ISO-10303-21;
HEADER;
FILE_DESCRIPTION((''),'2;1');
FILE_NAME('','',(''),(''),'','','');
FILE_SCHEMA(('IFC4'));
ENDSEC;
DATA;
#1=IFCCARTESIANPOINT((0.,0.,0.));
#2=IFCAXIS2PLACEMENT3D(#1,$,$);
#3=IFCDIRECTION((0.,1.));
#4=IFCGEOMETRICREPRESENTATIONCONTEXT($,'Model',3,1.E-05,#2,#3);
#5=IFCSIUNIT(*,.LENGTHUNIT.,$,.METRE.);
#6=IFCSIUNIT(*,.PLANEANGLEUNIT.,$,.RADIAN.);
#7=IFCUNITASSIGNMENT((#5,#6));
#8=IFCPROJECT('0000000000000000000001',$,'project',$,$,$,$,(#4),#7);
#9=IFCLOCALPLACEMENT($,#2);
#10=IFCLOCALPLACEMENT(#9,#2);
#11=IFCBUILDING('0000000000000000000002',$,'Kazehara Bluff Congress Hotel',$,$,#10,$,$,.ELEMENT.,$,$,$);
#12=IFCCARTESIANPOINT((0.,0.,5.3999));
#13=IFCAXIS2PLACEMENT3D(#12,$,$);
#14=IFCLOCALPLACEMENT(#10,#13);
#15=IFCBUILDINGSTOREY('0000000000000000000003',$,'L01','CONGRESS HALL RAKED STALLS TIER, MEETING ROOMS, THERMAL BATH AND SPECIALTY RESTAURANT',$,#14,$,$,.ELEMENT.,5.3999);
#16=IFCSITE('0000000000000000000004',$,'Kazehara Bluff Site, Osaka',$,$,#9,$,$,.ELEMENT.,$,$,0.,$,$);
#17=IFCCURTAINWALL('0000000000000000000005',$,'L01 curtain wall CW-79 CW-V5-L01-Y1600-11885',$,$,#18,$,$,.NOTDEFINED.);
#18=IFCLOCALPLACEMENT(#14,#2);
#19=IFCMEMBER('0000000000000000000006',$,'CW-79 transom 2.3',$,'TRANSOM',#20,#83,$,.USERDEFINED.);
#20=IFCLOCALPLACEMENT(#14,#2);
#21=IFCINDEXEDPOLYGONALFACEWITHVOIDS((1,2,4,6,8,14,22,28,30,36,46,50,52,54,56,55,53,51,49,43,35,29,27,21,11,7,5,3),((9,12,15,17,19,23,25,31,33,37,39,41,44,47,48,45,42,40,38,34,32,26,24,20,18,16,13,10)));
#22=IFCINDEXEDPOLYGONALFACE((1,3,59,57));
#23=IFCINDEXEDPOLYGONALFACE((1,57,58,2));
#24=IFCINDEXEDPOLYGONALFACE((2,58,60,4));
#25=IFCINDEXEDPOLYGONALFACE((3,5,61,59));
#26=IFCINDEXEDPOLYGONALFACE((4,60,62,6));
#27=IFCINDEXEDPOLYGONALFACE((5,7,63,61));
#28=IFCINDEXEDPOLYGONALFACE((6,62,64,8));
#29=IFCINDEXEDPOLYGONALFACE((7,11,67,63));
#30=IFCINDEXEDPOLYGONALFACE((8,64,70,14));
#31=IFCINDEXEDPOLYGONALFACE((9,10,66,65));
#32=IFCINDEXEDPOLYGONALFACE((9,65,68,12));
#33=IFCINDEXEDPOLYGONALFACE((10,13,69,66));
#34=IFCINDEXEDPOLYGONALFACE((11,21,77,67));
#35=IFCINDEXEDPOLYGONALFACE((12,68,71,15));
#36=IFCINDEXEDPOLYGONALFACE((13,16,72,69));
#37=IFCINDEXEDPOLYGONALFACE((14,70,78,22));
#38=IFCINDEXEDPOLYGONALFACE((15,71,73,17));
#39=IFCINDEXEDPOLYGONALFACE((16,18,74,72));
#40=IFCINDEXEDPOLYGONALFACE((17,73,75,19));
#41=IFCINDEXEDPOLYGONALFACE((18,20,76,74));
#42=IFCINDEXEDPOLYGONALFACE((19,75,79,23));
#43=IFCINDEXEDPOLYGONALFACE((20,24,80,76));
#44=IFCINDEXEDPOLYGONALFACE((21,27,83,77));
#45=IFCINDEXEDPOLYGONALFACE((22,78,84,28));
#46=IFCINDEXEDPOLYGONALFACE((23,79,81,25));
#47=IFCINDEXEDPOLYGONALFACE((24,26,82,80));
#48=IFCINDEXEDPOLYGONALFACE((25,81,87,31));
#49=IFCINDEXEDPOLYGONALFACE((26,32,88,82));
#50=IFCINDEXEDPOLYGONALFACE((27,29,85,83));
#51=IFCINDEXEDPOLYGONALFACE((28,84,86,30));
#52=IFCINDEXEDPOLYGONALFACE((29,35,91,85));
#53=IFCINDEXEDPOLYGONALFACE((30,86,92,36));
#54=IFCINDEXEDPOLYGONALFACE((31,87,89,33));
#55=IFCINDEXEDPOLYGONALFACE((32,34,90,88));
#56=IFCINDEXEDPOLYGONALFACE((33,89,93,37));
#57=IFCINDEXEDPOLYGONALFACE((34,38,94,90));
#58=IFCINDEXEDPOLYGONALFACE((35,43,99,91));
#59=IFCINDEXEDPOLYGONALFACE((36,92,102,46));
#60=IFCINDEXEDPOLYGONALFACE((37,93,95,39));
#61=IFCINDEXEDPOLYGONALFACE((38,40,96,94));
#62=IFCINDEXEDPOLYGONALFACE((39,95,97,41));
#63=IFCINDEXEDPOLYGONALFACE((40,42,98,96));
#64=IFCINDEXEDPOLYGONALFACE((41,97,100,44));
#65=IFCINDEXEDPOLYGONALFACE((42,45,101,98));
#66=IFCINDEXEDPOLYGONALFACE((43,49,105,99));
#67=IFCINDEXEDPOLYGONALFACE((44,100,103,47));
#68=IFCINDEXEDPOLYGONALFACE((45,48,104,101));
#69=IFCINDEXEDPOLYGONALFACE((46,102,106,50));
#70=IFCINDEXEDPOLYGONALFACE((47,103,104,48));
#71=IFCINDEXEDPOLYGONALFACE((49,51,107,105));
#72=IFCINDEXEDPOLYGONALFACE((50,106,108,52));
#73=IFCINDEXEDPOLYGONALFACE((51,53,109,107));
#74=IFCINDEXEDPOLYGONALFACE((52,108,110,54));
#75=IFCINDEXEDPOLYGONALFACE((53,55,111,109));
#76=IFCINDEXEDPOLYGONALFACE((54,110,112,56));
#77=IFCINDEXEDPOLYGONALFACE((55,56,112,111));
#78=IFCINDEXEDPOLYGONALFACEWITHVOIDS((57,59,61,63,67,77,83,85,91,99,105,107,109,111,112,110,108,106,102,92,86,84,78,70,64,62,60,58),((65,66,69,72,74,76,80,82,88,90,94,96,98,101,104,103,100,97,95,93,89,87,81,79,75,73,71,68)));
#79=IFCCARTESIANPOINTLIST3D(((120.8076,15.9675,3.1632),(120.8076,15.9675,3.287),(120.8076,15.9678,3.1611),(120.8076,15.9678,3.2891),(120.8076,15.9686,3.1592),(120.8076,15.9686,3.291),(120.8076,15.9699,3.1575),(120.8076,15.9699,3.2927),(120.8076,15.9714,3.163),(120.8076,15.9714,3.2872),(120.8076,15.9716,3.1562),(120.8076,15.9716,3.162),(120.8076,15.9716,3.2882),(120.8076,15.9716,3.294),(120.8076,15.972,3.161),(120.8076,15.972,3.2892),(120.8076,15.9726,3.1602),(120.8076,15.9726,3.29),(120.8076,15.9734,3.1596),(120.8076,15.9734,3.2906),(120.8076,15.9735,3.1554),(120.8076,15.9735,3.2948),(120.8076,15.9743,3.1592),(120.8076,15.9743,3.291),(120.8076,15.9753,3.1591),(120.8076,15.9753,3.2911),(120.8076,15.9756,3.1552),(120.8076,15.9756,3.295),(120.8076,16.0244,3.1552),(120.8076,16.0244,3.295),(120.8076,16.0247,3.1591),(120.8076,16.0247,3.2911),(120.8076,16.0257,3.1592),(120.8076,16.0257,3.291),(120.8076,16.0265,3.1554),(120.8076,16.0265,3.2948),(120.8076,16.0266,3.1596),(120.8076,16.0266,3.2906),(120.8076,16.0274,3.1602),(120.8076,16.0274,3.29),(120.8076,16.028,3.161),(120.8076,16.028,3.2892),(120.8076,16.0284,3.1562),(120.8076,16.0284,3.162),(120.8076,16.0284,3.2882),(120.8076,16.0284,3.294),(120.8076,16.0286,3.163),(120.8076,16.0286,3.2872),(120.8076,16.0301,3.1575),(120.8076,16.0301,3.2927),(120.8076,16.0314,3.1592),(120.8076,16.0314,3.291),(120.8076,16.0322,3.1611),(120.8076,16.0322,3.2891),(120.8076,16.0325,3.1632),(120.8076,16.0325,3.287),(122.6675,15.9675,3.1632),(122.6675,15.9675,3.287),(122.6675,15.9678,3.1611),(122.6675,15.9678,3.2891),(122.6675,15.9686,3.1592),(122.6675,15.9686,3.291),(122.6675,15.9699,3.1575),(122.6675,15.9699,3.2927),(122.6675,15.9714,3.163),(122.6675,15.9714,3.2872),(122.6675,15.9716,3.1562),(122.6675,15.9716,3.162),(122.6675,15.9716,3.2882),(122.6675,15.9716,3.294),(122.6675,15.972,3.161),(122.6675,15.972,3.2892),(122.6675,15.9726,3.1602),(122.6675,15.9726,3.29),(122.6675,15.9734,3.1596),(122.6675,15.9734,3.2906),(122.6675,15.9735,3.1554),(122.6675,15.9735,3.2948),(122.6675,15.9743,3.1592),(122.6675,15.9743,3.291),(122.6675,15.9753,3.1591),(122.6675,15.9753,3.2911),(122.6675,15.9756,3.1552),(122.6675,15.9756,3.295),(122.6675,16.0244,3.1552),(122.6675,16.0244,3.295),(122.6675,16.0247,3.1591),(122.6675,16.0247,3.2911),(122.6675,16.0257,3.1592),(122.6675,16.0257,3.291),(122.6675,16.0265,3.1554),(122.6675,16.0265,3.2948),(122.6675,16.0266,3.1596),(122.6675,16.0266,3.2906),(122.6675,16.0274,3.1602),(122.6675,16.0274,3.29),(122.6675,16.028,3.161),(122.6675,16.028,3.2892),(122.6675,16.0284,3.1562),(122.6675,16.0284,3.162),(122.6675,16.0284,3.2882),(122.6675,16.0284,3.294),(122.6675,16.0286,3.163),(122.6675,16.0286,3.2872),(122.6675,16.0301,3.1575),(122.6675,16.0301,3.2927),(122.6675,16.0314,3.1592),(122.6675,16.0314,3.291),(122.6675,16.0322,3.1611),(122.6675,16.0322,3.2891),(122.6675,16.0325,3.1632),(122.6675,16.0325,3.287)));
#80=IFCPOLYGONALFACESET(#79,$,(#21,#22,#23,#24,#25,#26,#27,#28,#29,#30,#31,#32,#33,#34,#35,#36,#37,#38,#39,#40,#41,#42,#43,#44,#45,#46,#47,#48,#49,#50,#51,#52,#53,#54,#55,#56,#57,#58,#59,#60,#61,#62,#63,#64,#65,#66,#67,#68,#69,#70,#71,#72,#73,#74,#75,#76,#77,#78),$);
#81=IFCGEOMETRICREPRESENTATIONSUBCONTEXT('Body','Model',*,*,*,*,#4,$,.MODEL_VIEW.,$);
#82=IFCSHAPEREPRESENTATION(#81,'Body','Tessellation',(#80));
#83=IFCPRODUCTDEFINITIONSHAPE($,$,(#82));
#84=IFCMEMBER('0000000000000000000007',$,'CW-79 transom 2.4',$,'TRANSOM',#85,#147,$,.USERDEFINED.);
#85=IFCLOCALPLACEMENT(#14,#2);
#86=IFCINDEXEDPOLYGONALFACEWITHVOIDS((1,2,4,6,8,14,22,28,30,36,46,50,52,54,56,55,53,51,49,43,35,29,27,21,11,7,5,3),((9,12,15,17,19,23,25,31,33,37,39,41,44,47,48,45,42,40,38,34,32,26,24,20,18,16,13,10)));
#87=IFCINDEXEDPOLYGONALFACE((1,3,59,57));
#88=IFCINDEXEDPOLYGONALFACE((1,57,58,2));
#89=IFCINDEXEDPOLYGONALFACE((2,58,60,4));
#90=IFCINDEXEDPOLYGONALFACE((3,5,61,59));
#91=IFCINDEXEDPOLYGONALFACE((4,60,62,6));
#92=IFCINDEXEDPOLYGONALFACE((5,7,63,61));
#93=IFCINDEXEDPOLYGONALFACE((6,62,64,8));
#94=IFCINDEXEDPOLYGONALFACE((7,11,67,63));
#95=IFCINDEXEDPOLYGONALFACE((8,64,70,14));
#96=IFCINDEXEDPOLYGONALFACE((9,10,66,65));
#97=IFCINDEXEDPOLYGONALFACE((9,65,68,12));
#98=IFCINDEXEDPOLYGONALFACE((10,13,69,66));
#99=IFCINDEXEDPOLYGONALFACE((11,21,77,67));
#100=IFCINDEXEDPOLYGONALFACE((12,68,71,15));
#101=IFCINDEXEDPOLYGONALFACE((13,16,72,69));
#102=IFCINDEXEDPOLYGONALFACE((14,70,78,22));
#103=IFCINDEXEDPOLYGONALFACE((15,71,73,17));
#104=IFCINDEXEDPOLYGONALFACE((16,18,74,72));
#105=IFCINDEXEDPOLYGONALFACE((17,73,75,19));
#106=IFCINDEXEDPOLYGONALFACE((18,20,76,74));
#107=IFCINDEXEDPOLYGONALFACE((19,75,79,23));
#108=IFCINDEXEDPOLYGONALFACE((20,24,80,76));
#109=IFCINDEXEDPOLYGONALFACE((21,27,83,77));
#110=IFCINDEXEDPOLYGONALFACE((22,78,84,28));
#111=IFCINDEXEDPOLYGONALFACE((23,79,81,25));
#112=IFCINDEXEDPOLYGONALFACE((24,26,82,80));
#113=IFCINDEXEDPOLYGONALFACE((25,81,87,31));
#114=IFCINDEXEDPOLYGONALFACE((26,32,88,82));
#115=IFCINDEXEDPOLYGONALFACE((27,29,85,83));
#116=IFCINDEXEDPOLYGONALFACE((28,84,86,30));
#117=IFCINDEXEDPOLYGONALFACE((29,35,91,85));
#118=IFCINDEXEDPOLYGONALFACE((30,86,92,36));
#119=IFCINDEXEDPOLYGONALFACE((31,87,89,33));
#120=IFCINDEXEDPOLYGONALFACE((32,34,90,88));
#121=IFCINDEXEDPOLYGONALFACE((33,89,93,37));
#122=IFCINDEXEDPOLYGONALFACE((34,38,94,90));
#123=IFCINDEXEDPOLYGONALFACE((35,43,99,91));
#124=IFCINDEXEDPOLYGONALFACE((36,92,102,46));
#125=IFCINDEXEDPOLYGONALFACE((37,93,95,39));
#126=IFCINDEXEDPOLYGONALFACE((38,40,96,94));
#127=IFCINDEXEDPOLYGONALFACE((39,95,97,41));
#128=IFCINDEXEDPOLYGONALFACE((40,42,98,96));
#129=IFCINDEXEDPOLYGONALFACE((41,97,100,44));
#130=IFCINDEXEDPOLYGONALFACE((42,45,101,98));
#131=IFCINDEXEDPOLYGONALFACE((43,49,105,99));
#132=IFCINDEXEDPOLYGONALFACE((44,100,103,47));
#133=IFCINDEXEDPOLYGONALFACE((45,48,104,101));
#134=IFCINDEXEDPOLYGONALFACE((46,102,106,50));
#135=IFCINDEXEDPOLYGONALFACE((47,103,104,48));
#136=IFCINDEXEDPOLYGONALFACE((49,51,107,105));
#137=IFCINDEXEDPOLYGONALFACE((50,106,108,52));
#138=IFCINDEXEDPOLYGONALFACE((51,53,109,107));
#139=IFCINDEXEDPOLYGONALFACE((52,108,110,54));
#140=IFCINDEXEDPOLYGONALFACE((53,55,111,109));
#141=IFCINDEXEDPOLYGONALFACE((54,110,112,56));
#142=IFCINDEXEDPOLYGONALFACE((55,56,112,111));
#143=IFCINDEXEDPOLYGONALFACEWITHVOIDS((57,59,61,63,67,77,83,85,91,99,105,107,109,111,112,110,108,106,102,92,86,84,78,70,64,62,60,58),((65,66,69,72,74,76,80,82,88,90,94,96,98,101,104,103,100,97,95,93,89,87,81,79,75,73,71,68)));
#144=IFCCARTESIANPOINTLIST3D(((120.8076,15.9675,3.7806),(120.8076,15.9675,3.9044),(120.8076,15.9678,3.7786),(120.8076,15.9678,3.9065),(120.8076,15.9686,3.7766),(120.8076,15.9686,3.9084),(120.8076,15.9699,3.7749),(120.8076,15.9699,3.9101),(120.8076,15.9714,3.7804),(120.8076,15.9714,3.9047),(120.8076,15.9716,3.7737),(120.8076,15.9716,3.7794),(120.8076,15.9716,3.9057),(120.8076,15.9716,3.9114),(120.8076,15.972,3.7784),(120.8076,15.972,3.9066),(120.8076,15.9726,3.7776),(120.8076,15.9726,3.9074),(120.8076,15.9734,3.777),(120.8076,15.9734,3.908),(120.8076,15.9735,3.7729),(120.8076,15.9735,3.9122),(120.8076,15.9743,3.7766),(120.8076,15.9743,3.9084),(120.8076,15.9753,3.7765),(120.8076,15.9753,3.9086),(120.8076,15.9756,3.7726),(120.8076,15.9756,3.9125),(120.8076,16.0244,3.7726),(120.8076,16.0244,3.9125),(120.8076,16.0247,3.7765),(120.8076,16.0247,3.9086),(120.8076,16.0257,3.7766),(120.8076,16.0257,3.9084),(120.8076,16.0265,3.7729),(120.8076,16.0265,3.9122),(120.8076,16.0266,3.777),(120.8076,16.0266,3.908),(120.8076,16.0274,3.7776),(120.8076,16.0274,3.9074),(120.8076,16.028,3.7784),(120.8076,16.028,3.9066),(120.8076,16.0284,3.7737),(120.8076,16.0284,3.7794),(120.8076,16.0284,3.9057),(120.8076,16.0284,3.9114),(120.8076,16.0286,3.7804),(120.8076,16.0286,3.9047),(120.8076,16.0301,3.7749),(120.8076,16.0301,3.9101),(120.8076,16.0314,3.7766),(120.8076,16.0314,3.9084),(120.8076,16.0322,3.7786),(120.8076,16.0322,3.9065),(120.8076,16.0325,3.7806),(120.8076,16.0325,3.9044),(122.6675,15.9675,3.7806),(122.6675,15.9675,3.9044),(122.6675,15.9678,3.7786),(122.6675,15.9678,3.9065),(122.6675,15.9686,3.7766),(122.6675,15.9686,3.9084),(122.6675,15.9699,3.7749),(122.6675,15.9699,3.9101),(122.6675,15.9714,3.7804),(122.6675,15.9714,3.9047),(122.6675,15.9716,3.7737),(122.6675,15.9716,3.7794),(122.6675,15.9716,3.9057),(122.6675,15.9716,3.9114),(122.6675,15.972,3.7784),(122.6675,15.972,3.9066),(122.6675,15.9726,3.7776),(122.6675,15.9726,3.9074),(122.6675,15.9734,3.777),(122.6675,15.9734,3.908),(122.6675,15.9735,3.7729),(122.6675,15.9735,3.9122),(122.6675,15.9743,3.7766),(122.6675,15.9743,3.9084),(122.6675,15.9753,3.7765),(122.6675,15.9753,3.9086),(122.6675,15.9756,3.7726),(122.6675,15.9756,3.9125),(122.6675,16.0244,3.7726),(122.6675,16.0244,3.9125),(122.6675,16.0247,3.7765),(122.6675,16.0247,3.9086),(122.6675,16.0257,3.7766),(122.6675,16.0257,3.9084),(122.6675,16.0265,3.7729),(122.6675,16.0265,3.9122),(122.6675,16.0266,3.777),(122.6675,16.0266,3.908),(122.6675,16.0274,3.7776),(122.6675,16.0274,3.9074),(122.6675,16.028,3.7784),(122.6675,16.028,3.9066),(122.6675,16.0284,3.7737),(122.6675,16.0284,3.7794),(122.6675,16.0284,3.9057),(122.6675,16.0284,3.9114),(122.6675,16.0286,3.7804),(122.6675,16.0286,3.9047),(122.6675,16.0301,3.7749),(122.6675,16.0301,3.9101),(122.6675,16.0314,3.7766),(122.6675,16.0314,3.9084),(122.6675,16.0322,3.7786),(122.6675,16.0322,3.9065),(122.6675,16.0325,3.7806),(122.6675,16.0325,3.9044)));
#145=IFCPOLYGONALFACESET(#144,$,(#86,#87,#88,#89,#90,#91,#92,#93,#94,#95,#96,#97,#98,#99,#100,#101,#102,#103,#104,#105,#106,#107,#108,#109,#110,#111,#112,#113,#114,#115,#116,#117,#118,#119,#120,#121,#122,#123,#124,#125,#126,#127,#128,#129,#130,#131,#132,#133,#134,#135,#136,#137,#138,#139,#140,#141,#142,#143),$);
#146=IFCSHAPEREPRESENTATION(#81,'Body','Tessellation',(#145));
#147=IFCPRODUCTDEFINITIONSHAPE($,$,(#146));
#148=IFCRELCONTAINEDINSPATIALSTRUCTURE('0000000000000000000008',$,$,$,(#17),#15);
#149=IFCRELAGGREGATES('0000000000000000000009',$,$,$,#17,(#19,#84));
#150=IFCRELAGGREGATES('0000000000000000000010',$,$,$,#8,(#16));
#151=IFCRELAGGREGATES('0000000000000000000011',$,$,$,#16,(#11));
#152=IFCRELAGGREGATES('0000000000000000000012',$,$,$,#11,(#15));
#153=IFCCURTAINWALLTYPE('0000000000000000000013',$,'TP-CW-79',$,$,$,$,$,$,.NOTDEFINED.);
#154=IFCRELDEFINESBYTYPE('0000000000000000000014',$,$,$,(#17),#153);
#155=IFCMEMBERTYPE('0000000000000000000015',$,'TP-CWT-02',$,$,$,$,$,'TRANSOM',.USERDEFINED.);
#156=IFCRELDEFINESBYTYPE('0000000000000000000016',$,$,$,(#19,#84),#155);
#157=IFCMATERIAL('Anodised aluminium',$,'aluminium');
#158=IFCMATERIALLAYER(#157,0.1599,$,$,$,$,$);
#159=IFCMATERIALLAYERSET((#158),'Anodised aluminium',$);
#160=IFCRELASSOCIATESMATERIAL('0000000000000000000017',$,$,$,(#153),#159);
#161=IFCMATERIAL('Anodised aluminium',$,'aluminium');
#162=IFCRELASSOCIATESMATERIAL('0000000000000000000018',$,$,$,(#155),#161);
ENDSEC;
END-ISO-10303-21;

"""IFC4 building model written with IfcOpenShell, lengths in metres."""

from ifc_helpers import new_model, si_unit, direction, frame, origin, origin_2d, place, context, subcontext, project, spatial, hollow_rectangle, extrude, material, layer, layer_set, material_profile, profile_set, type_object, element, aggregate, save


model = new_model("IFC4")

# Units and contexts
model_context = context("Model", 3, precision=1e-05, world=origin(), true_north=direction((0.0, 1.0)))
body_context = subcontext(model_context, "Body", "Model", "MODEL_VIEW")
ifc_project = project(units=[si_unit("LENGTHUNIT", "METRE"), si_unit("PLANEANGLEUNIT", "RADIAN")], contexts=[model_context])

# Site, building, storey
site_placement = place(None, origin())
site = spatial("IfcSite", under=ifc_project, at=site_placement, Name="Kazehara Bluff Site, Osaka", CompositionType="ELEMENT", RefElevation=0.0)
building_placement = place(site_placement, origin())
building = spatial("IfcBuilding", under=site, at=building_placement, Name="Kazehara Bluff Congress Hotel", CompositionType="ELEMENT")
storey_placement = place(building_placement, frame((0.0, 0.0, 5.3999)))
storey = spatial("IfcBuildingStorey", under=building, at=storey_placement, Name="L01", Description="CONGRESS HALL RAKED STALLS TIER, MEETING ROOMS, THERMAL BATH AND SPECIALTY RESTAURANT", CompositionType="ELEMENT", Elevation=5.3999)

# Curtain wall, members
ifc_material_1 = material(Name="Anodised aluminium", Category="aluminium")
ifc_layer_1 = layer(ifc_material_1, 0.1599)
ifc_layer_set_1 = layer_set([ifc_layer_1], Name="Anodised aluminium")
curtain_wall_type = type_object("IfcCurtainWallType", Name="TP-CW-79", PredefinedType="NOTDEFINED", material=ifc_layer_set_1)
curtain_wall_placement = place(storey_placement, origin())
curtain_wall = element("IfcCurtainWall", 1, at=curtain_wall_placement, inside=storey, type_object=curtain_wall_type, Name="L01 curtain wall CW-79 CW-V5-L01-Y1600-11885", PredefinedType="NOTDEFINED")
ifc_material_2 = material(Name="Anodised aluminium", Category="aluminium")
ifc_material_profile_1 = material_profile(ifc_material_2, hollow_rectangle(XDim=0.0649, YDim=0.1399, WallThickness=0.0039, InnerFilletRadius=0.0039, OuterFilletRadius=0.0081, at=origin_2d()))
ifc_profile_set_1 = profile_set([ifc_material_profile_1], Name="Anodised aluminium")
member_type_1 = type_object("IfcMemberType", Name="TP-CWT-02", ElementType="TRANSOM", PredefinedType="USERDEFINED", material=ifc_profile_set_1)
member_1_placement = place(storey_placement, frame((120.8076, 16.0, 3.2251), z_axis=(1.0, 0.0, 0.0), x_axis=(0.0, 1.0, 0.0)))
member_1 = element("IfcMember", 2, at=member_1_placement, type_object=member_type_1, Name="CW-79 transom 2.3", ObjectType="TRANSOM", PredefinedType="USERDEFINED", context=body_context, shape_type="SweptSolid", body=[
    extrude(hollow_rectangle(XDim=0.0649, YDim=0.1399, WallThickness=0.0039, InnerFilletRadius=0.0039, OuterFilletRadius=0.0081, at=origin_2d()), origin(), (0.0, 0.0, 1.0), 1.8599),
])
member_2_placement = place(storey_placement, frame((120.8076, 16.0, 3.8425), z_axis=(1.0, 0.0, 0.0), x_axis=(0.0, 1.0, 0.0)))
member_2 = element("IfcMember", 3, at=member_2_placement, type_object=member_type_1, Name="CW-79 transom 2.4", ObjectType="TRANSOM", PredefinedType="USERDEFINED", context=body_context, shape_type="SweptSolid", body=[
    extrude(hollow_rectangle(XDim=0.0649, YDim=0.1399, WallThickness=0.0039, InnerFilletRadius=0.0039, OuterFilletRadius=0.0081, at=origin_2d()), origin(), (0.0, 0.0, 1.0), 1.8599),
])
aggregate(curtain_wall, [member_1, member_2])

save(model, "model.ifc")
